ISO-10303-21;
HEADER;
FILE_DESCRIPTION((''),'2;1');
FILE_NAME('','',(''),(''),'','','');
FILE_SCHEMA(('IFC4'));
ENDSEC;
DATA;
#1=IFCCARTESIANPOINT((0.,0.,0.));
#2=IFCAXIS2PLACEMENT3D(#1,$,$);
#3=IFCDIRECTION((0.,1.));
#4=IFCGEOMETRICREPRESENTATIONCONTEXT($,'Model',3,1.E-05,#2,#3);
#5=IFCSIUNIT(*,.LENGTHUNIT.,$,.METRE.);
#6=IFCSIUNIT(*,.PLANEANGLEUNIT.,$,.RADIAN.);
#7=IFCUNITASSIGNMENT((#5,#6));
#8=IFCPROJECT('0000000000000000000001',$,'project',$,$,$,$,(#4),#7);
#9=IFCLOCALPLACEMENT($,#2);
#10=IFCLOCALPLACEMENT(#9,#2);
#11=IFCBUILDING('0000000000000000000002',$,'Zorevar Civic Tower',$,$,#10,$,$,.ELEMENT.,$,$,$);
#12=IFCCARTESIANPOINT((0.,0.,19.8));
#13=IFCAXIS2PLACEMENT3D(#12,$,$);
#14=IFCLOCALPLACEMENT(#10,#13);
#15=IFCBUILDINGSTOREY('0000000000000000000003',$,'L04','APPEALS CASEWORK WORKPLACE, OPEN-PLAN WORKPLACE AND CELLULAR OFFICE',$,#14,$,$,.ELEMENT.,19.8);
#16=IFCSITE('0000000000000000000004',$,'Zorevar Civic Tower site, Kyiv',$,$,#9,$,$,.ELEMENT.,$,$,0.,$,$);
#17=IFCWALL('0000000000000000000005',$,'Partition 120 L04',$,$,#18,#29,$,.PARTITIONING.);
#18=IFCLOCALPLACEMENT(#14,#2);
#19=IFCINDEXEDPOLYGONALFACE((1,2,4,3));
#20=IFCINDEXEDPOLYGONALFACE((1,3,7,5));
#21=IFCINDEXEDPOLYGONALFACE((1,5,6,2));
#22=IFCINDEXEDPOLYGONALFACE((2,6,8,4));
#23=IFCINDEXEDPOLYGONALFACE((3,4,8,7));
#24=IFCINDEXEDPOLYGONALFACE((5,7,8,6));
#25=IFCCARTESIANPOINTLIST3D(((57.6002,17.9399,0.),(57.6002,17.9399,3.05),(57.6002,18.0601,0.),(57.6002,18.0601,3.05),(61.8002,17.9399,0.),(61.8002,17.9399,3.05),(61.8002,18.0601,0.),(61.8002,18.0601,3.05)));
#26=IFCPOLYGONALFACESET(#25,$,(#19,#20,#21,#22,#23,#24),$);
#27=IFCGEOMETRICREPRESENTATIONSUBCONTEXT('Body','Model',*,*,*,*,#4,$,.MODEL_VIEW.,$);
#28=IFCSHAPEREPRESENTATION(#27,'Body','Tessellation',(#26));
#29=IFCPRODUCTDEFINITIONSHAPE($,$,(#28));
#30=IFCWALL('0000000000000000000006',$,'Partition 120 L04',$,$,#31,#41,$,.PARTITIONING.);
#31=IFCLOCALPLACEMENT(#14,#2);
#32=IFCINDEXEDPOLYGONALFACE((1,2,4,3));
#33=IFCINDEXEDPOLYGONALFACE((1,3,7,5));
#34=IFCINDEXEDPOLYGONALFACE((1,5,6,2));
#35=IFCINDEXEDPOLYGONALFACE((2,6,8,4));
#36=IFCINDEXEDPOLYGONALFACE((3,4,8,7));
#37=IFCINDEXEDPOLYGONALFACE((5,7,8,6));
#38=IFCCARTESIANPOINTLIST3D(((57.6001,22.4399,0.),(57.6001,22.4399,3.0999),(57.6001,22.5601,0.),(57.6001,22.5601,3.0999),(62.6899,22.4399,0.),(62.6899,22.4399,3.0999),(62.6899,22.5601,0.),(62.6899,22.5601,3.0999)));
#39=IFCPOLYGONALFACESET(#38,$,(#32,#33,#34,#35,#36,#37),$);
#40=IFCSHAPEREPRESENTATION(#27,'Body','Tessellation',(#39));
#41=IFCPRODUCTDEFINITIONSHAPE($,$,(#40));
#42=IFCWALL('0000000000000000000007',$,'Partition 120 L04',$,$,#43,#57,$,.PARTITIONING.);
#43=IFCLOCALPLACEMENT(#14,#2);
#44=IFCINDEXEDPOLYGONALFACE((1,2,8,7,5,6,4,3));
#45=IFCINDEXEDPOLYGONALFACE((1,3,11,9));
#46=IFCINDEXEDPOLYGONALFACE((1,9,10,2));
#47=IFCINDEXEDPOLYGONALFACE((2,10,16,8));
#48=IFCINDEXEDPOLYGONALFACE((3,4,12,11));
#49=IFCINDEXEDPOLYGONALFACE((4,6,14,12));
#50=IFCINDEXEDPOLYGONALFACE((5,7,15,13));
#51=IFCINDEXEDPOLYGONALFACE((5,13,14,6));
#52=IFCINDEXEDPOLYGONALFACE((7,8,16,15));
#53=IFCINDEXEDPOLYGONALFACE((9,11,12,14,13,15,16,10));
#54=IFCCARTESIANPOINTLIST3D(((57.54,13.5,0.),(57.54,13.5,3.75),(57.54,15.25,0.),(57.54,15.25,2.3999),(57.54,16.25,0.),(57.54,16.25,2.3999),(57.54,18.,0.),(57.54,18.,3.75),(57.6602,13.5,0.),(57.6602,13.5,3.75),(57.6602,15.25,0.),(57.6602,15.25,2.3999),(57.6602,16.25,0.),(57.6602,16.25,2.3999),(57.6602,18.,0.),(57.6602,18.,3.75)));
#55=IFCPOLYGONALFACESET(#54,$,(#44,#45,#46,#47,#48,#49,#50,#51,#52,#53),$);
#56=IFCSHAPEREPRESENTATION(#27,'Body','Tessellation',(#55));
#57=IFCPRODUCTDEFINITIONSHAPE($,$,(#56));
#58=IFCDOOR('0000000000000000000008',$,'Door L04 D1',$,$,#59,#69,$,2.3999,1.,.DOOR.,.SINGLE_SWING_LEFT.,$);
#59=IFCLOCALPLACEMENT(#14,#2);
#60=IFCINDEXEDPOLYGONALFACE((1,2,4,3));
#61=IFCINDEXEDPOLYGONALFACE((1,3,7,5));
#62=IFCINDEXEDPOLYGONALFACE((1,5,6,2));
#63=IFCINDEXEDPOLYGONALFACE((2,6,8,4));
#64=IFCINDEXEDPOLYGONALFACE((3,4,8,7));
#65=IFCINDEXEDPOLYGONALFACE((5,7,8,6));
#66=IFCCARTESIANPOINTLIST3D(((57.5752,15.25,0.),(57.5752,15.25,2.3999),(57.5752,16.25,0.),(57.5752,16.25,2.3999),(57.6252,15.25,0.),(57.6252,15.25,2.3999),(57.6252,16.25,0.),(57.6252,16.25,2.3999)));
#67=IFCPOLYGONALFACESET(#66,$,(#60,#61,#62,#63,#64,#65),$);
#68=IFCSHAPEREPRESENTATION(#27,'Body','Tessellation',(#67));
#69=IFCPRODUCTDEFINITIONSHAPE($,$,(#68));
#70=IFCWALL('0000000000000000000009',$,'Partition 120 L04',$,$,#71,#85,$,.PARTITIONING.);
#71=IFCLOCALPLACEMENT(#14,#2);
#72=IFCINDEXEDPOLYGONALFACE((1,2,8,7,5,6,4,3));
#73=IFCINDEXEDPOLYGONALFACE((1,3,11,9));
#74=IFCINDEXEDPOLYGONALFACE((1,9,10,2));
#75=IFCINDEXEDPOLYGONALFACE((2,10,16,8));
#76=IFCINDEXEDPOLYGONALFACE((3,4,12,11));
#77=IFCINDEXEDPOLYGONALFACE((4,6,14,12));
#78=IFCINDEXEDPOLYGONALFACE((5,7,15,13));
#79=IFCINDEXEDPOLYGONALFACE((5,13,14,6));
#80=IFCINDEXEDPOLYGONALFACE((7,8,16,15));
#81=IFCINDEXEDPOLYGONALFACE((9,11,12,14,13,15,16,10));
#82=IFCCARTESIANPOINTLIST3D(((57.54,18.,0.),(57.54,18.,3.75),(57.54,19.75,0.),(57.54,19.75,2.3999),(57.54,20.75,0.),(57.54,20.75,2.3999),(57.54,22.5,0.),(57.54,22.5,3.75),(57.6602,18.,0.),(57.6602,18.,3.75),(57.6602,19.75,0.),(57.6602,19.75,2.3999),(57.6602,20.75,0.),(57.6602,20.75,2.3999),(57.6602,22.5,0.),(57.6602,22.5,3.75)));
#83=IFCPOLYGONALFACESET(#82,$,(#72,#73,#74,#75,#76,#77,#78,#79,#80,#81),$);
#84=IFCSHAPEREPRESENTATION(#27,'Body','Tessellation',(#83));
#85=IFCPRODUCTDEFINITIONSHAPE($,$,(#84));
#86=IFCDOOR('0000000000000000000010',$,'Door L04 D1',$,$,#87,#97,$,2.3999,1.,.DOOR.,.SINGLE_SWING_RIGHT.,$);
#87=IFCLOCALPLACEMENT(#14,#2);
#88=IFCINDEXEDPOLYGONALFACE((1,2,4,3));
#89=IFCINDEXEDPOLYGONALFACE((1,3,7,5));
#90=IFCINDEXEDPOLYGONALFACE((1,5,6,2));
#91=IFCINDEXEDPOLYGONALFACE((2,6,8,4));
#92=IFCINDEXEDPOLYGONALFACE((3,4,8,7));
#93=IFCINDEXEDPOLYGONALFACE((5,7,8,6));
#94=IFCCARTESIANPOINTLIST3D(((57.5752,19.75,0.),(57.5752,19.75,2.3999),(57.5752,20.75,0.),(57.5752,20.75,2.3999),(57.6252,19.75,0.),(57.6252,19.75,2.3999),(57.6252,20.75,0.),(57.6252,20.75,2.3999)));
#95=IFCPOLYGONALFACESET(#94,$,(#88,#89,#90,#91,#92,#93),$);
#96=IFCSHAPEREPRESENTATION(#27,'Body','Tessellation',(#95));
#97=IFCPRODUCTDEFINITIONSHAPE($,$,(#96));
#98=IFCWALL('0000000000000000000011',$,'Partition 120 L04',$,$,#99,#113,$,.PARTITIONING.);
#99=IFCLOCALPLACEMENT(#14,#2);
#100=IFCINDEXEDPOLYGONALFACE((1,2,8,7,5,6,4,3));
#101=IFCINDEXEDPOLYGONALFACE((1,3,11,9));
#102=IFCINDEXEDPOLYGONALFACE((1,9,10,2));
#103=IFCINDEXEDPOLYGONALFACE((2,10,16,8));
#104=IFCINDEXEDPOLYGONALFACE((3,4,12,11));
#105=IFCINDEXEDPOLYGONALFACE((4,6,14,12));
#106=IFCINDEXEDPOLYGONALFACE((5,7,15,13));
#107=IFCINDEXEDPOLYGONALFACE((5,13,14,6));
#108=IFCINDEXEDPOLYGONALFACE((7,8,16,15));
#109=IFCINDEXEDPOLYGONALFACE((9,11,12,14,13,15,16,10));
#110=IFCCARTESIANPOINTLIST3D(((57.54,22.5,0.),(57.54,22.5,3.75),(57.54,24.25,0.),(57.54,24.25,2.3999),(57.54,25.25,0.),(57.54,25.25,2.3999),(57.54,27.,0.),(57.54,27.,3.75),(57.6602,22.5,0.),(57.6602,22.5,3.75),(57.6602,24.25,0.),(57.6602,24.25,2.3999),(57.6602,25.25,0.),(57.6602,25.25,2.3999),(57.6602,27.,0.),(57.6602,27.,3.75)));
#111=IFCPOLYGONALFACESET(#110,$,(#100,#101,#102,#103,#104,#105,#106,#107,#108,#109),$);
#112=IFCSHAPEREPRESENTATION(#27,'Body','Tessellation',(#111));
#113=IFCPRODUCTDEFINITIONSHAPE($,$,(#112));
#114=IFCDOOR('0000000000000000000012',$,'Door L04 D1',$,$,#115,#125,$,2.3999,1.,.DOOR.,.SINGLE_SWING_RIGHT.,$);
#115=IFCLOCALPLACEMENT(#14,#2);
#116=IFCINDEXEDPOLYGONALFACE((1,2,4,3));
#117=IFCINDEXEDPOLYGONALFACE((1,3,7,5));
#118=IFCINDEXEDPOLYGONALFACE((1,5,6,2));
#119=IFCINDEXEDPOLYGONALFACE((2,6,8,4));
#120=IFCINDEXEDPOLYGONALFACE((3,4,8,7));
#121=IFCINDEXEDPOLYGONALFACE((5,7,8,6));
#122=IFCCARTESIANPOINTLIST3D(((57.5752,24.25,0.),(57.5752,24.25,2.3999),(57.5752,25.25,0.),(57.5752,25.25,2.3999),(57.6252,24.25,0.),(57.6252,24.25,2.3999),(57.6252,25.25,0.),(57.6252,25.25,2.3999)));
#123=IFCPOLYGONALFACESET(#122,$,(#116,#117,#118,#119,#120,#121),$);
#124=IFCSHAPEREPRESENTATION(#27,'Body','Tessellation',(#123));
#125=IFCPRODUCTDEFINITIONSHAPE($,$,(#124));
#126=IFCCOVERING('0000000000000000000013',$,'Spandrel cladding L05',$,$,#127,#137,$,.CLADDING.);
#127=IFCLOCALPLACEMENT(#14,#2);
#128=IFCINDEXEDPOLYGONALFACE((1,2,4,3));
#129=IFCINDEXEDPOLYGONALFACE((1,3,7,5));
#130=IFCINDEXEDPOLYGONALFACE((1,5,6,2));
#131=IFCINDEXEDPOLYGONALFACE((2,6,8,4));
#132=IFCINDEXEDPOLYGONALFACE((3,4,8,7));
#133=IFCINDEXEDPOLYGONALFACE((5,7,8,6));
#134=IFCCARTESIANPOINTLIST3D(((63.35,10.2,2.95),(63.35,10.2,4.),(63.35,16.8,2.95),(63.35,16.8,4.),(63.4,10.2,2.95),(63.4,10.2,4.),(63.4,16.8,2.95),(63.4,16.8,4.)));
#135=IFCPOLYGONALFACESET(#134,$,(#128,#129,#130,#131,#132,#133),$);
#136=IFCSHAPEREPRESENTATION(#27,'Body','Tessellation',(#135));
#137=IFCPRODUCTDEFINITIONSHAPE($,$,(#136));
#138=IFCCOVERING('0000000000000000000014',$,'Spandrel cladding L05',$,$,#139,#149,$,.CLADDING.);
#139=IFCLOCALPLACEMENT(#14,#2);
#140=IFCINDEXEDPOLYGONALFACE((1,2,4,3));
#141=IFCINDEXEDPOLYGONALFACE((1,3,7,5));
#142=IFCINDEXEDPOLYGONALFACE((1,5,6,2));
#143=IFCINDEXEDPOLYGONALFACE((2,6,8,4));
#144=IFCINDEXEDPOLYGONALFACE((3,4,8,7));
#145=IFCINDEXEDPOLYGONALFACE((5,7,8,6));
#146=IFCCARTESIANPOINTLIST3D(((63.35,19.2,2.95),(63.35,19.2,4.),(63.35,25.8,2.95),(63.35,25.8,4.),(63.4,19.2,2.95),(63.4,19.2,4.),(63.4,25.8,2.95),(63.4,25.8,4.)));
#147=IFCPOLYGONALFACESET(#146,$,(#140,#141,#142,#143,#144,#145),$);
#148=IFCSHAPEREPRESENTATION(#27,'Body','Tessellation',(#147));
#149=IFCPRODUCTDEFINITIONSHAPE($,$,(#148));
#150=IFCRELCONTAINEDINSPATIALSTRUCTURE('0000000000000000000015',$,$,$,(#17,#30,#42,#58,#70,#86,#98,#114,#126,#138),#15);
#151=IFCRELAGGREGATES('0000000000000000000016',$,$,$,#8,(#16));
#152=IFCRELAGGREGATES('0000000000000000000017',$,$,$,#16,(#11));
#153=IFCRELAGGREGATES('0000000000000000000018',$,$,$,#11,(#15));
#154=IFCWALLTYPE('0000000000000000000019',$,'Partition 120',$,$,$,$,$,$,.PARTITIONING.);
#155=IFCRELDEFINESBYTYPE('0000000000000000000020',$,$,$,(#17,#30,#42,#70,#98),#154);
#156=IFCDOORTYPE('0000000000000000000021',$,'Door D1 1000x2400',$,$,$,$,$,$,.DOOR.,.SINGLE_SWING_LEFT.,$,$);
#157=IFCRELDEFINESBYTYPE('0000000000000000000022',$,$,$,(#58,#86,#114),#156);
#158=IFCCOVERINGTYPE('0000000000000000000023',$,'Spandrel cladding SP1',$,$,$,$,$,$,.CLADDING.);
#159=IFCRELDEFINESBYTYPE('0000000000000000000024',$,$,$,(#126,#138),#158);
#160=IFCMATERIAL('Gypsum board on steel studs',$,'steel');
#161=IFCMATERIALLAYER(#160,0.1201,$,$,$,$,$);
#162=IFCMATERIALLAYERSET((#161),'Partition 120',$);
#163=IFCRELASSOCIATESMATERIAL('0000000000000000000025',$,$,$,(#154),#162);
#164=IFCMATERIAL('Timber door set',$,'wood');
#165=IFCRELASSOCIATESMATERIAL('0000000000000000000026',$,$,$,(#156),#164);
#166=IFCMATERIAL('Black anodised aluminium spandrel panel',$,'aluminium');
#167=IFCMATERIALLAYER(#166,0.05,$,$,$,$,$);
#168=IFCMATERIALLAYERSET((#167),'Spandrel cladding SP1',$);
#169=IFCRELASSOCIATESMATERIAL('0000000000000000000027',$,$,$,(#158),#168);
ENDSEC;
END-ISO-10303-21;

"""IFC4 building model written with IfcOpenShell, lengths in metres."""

from ifc_helpers import new_model, si_unit, direction, frame, frame_2d, origin, place, context, subcontext, project, spatial, rectangle, extrude, material, layer, layer_set, type_object, element, fill, save


model = new_model("IFC4")

# Units and contexts
model_context = context("Model", 3, precision=1e-05, world=origin(), true_north=direction((0.0, 1.0)))
body_context = subcontext(model_context, "Body", "Model", "MODEL_VIEW")
ifc_project = project(units=[si_unit("LENGTHUNIT", "METRE"), si_unit("PLANEANGLEUNIT", "RADIAN")], contexts=[model_context])

# Site, building, storey
site_placement = place(None, origin())
site = spatial("IfcSite", under=ifc_project, at=site_placement, Name="Zorevar Civic Tower site, Kyiv", CompositionType="ELEMENT", RefElevation=0.0)
building_placement = place(site_placement, origin())
building = spatial("IfcBuilding", under=site, at=building_placement, Name="Zorevar Civic Tower", CompositionType="ELEMENT")
storey_placement = place(building_placement, frame((0.0, 0.0, 19.8)))
storey = spatial("IfcBuildingStorey", under=building, at=storey_placement, Name="L04", Description="APPEALS CASEWORK WORKPLACE, OPEN-PLAN WORKPLACE AND CELLULAR OFFICE", CompositionType="ELEMENT", Elevation=19.8)

# Walls
ifc_material_1 = material(Name="Gypsum board on steel studs", Category="steel")
ifc_layer_1 = layer(ifc_material_1, 0.1201)
ifc_layer_set_1 = layer_set([ifc_layer_1], Name="Partition 120")
wall_type_1 = type_object("IfcWallType", Name="Partition 120", PredefinedType="PARTITIONING", material=ifc_layer_set_1)
wall_1_placement = place(storey_placement, frame((57.6001, 18.0, 0.0), z_axis=(0.0, 0.0, 1.0), x_axis=(1.0, 0.0, 0.0)))
element("IfcWall", 1, at=wall_1_placement, inside=storey, type_object=wall_type_1, Name="Partition 120 L04", PredefinedType="PARTITIONING", context=body_context, shape_type="SweptSolid", body=[
    extrude(rectangle(XDim=4.2, YDim=0.1201, at=frame_2d((2.1001, 0.0))), origin(), (0.0, 0.0, 1.0), 3.05),
])
wall_2_placement = place(storey_placement, frame((57.6001, 22.5, 0.0), z_axis=(0.0, 0.0, 1.0), x_axis=(1.0, 0.0, 0.0)))
element("IfcWall", 2, at=wall_2_placement, inside=storey, type_object=wall_type_1, Name="Partition 120 L04", PredefinedType="PARTITIONING", context=body_context, shape_type="SweptSolid", body=[
    extrude(rectangle(XDim=5.0898, YDim=0.1201, at=frame_2d((2.5449, 0.0))), origin(), (0.0, 0.0, 1.0), 3.0999),
])

# Walls, openings, doors
wall_3_placement = place(storey_placement, frame((57.6001, 13.5, 0.0), z_axis=(0.0, 0.0, 1.0), x_axis=(0.0, 1.0, 0.0)))
wall_3 = element("IfcWall", 3, at=wall_3_placement, inside=storey, type_object=wall_type_1, Name="Partition 120 L04", PredefinedType="PARTITIONING", context=body_context, shape_type="SweptSolid", body=[
    extrude(rectangle(XDim=4.5, YDim=0.1201, at=frame_2d((2.25, 0.0))), origin(), (0.0, 0.0, 1.0), 3.75),
])
opening_1_placement = place(wall_3_placement, frame((1.75, 0.0, 0.0)))
opening_1 = element("IfcOpeningElement", 4, at=opening_1_placement, cuts=wall_3, PredefinedType="OPENING", context=body_context, shape_type="SweptSolid", body=[
    extrude(rectangle(XDim=1.0, YDim=2.3999, at=frame_2d((0.5, 1.2))), frame((0.0, 0.0701, 0.0), z_axis=(0.0, -1.0, 0.0), x_axis=(1.0, 0.0, 0.0)), (0.0, 0.0, 1.0), 0.1401),
])
ifc_material_2 = material(Name="Timber door set", Category="wood")
door_type_1 = type_object("IfcDoorType", Name="Door D1 1000x2400", OperationType="SINGLE_SWING_LEFT", PredefinedType="DOOR", material=ifc_material_2)
door_1_placement = place(opening_1_placement, origin())
door_1 = element("IfcDoor", 5, at=door_1_placement, inside=storey, type_object=door_type_1, Name="Door L04 D1", OperationType="SINGLE_SWING_LEFT", OverallHeight=2.3999, OverallWidth=1.0, PredefinedType="DOOR", context=body_context, shape_type="SweptSolid", body=[
    extrude(rectangle(XDim=1.0, YDim=2.3999, at=frame_2d((0.5, 1.2))), frame((0.0, 0.0249, 0.0), z_axis=(0.0, -1.0, 0.0), x_axis=(1.0, 0.0, 0.0)), (0.0, 0.0, 1.0), 0.05),
])
fill(opening_1, door_1)
wall_4_placement = place(storey_placement, frame((57.6001, 18.0, 0.0), z_axis=(0.0, 0.0, 1.0), x_axis=(0.0, 1.0, 0.0)))
wall_4 = element("IfcWall", 6, at=wall_4_placement, inside=storey, type_object=wall_type_1, Name="Partition 120 L04", PredefinedType="PARTITIONING", context=body_context, shape_type="SweptSolid", body=[
    extrude(rectangle(XDim=4.5, YDim=0.1201, at=frame_2d((2.25, 0.0))), origin(), (0.0, 0.0, 1.0), 3.75),
])
opening_2_placement = place(wall_4_placement, frame((1.75, 0.0, 0.0)))
opening_2 = element("IfcOpeningElement", 7, at=opening_2_placement, cuts=wall_4, PredefinedType="OPENING", context=body_context, shape_type="SweptSolid", body=[
    extrude(rectangle(XDim=1.0, YDim=2.3999, at=frame_2d((0.5, 1.2))), frame((0.0, 0.0701, 0.0), z_axis=(0.0, -1.0, 0.0), x_axis=(1.0, 0.0, 0.0)), (0.0, 0.0, 1.0), 0.1401),
])
door_2_placement = place(opening_2_placement, origin())
door_2 = element("IfcDoor", 8, at=door_2_placement, inside=storey, type_object=door_type_1, Name="Door L04 D1", OperationType="SINGLE_SWING_RIGHT", OverallHeight=2.3999, OverallWidth=1.0, PredefinedType="DOOR", context=body_context, shape_type="SweptSolid", body=[
    extrude(rectangle(XDim=1.0, YDim=2.3999, at=frame_2d((0.5, 1.2))), frame((0.0, 0.0249, 0.0), z_axis=(0.0, -1.0, 0.0), x_axis=(1.0, 0.0, 0.0)), (0.0, 0.0, 1.0), 0.05),
])
fill(opening_2, door_2)
wall_5_placement = place(storey_placement, frame((57.6001, 22.5, 0.0), z_axis=(0.0, 0.0, 1.0), x_axis=(0.0, 1.0, 0.0)))
wall_5 = element("IfcWall", 9, at=wall_5_placement, inside=storey, type_object=wall_type_1, Name="Partition 120 L04", PredefinedType="PARTITIONING", context=body_context, shape_type="SweptSolid", body=[
    extrude(rectangle(XDim=4.5, YDim=0.1201, at=frame_2d((2.25, 0.0))), origin(), (0.0, 0.0, 1.0), 3.75),
])
opening_3_placement = place(wall_5_placement, frame((1.75, 0.0, 0.0)))
opening_3 = element("IfcOpeningElement", 10, at=opening_3_placement, cuts=wall_5, PredefinedType="OPENING", context=body_context, shape_type="SweptSolid", body=[
    extrude(rectangle(XDim=1.0, YDim=2.3999, at=frame_2d((0.5, 1.2))), frame((0.0, 0.0701, 0.0), z_axis=(0.0, -1.0, 0.0), x_axis=(1.0, 0.0, 0.0)), (0.0, 0.0, 1.0), 0.1401),
])
door_3_placement = place(opening_3_placement, origin())
door_3 = element("IfcDoor", 11, at=door_3_placement, inside=storey, type_object=door_type_1, Name="Door L04 D1", OperationType="SINGLE_SWING_RIGHT", OverallHeight=2.3999, OverallWidth=1.0, PredefinedType="DOOR", context=body_context, shape_type="SweptSolid", body=[
    extrude(rectangle(XDim=1.0, YDim=2.3999, at=frame_2d((0.5, 1.2))), frame((0.0, 0.0249, 0.0), z_axis=(0.0, -1.0, 0.0), x_axis=(1.0, 0.0, 0.0)), (0.0, 0.0, 1.0), 0.05),
])
fill(opening_3, door_3)

# Coverings
ifc_material_3 = material(Name="Black anodised aluminium spandrel panel", Category="aluminium")
ifc_layer_2 = layer(ifc_material_3, 0.05)
ifc_layer_set_2 = layer_set([ifc_layer_2], Name="Spandrel cladding SP1")
covering_type = type_object("IfcCoveringType", Name="Spandrel cladding SP1", PredefinedType="CLADDING", material=ifc_layer_set_2)
for number, where, z_axis, x_axis, name in (
    (12, (63.375, 10.2, 2.95), (0.0, 0.0, 1.0), (0.0, 1.0, 0.0), "Spandrel cladding L05"),
    (13, (63.375, 19.2, 2.95), (0.0, 0.0, 1.0), (0.0, 1.0, 0.0), "Spandrel cladding L05"),
):
    element("IfcCovering", number, at=place(storey_placement, frame(where, z_axis=z_axis, x_axis=x_axis)), inside=storey, type_object=covering_type, Name=name, PredefinedType="CLADDING", context=body_context, shape_type="SweptSolid", body=[
        extrude(rectangle(XDim=6.6001, YDim=0.05, at=frame_2d((3.3, 0.0))), origin(), (0.0, 0.0, 1.0), 1.05),
    ])

save(model, "model.ifc")
